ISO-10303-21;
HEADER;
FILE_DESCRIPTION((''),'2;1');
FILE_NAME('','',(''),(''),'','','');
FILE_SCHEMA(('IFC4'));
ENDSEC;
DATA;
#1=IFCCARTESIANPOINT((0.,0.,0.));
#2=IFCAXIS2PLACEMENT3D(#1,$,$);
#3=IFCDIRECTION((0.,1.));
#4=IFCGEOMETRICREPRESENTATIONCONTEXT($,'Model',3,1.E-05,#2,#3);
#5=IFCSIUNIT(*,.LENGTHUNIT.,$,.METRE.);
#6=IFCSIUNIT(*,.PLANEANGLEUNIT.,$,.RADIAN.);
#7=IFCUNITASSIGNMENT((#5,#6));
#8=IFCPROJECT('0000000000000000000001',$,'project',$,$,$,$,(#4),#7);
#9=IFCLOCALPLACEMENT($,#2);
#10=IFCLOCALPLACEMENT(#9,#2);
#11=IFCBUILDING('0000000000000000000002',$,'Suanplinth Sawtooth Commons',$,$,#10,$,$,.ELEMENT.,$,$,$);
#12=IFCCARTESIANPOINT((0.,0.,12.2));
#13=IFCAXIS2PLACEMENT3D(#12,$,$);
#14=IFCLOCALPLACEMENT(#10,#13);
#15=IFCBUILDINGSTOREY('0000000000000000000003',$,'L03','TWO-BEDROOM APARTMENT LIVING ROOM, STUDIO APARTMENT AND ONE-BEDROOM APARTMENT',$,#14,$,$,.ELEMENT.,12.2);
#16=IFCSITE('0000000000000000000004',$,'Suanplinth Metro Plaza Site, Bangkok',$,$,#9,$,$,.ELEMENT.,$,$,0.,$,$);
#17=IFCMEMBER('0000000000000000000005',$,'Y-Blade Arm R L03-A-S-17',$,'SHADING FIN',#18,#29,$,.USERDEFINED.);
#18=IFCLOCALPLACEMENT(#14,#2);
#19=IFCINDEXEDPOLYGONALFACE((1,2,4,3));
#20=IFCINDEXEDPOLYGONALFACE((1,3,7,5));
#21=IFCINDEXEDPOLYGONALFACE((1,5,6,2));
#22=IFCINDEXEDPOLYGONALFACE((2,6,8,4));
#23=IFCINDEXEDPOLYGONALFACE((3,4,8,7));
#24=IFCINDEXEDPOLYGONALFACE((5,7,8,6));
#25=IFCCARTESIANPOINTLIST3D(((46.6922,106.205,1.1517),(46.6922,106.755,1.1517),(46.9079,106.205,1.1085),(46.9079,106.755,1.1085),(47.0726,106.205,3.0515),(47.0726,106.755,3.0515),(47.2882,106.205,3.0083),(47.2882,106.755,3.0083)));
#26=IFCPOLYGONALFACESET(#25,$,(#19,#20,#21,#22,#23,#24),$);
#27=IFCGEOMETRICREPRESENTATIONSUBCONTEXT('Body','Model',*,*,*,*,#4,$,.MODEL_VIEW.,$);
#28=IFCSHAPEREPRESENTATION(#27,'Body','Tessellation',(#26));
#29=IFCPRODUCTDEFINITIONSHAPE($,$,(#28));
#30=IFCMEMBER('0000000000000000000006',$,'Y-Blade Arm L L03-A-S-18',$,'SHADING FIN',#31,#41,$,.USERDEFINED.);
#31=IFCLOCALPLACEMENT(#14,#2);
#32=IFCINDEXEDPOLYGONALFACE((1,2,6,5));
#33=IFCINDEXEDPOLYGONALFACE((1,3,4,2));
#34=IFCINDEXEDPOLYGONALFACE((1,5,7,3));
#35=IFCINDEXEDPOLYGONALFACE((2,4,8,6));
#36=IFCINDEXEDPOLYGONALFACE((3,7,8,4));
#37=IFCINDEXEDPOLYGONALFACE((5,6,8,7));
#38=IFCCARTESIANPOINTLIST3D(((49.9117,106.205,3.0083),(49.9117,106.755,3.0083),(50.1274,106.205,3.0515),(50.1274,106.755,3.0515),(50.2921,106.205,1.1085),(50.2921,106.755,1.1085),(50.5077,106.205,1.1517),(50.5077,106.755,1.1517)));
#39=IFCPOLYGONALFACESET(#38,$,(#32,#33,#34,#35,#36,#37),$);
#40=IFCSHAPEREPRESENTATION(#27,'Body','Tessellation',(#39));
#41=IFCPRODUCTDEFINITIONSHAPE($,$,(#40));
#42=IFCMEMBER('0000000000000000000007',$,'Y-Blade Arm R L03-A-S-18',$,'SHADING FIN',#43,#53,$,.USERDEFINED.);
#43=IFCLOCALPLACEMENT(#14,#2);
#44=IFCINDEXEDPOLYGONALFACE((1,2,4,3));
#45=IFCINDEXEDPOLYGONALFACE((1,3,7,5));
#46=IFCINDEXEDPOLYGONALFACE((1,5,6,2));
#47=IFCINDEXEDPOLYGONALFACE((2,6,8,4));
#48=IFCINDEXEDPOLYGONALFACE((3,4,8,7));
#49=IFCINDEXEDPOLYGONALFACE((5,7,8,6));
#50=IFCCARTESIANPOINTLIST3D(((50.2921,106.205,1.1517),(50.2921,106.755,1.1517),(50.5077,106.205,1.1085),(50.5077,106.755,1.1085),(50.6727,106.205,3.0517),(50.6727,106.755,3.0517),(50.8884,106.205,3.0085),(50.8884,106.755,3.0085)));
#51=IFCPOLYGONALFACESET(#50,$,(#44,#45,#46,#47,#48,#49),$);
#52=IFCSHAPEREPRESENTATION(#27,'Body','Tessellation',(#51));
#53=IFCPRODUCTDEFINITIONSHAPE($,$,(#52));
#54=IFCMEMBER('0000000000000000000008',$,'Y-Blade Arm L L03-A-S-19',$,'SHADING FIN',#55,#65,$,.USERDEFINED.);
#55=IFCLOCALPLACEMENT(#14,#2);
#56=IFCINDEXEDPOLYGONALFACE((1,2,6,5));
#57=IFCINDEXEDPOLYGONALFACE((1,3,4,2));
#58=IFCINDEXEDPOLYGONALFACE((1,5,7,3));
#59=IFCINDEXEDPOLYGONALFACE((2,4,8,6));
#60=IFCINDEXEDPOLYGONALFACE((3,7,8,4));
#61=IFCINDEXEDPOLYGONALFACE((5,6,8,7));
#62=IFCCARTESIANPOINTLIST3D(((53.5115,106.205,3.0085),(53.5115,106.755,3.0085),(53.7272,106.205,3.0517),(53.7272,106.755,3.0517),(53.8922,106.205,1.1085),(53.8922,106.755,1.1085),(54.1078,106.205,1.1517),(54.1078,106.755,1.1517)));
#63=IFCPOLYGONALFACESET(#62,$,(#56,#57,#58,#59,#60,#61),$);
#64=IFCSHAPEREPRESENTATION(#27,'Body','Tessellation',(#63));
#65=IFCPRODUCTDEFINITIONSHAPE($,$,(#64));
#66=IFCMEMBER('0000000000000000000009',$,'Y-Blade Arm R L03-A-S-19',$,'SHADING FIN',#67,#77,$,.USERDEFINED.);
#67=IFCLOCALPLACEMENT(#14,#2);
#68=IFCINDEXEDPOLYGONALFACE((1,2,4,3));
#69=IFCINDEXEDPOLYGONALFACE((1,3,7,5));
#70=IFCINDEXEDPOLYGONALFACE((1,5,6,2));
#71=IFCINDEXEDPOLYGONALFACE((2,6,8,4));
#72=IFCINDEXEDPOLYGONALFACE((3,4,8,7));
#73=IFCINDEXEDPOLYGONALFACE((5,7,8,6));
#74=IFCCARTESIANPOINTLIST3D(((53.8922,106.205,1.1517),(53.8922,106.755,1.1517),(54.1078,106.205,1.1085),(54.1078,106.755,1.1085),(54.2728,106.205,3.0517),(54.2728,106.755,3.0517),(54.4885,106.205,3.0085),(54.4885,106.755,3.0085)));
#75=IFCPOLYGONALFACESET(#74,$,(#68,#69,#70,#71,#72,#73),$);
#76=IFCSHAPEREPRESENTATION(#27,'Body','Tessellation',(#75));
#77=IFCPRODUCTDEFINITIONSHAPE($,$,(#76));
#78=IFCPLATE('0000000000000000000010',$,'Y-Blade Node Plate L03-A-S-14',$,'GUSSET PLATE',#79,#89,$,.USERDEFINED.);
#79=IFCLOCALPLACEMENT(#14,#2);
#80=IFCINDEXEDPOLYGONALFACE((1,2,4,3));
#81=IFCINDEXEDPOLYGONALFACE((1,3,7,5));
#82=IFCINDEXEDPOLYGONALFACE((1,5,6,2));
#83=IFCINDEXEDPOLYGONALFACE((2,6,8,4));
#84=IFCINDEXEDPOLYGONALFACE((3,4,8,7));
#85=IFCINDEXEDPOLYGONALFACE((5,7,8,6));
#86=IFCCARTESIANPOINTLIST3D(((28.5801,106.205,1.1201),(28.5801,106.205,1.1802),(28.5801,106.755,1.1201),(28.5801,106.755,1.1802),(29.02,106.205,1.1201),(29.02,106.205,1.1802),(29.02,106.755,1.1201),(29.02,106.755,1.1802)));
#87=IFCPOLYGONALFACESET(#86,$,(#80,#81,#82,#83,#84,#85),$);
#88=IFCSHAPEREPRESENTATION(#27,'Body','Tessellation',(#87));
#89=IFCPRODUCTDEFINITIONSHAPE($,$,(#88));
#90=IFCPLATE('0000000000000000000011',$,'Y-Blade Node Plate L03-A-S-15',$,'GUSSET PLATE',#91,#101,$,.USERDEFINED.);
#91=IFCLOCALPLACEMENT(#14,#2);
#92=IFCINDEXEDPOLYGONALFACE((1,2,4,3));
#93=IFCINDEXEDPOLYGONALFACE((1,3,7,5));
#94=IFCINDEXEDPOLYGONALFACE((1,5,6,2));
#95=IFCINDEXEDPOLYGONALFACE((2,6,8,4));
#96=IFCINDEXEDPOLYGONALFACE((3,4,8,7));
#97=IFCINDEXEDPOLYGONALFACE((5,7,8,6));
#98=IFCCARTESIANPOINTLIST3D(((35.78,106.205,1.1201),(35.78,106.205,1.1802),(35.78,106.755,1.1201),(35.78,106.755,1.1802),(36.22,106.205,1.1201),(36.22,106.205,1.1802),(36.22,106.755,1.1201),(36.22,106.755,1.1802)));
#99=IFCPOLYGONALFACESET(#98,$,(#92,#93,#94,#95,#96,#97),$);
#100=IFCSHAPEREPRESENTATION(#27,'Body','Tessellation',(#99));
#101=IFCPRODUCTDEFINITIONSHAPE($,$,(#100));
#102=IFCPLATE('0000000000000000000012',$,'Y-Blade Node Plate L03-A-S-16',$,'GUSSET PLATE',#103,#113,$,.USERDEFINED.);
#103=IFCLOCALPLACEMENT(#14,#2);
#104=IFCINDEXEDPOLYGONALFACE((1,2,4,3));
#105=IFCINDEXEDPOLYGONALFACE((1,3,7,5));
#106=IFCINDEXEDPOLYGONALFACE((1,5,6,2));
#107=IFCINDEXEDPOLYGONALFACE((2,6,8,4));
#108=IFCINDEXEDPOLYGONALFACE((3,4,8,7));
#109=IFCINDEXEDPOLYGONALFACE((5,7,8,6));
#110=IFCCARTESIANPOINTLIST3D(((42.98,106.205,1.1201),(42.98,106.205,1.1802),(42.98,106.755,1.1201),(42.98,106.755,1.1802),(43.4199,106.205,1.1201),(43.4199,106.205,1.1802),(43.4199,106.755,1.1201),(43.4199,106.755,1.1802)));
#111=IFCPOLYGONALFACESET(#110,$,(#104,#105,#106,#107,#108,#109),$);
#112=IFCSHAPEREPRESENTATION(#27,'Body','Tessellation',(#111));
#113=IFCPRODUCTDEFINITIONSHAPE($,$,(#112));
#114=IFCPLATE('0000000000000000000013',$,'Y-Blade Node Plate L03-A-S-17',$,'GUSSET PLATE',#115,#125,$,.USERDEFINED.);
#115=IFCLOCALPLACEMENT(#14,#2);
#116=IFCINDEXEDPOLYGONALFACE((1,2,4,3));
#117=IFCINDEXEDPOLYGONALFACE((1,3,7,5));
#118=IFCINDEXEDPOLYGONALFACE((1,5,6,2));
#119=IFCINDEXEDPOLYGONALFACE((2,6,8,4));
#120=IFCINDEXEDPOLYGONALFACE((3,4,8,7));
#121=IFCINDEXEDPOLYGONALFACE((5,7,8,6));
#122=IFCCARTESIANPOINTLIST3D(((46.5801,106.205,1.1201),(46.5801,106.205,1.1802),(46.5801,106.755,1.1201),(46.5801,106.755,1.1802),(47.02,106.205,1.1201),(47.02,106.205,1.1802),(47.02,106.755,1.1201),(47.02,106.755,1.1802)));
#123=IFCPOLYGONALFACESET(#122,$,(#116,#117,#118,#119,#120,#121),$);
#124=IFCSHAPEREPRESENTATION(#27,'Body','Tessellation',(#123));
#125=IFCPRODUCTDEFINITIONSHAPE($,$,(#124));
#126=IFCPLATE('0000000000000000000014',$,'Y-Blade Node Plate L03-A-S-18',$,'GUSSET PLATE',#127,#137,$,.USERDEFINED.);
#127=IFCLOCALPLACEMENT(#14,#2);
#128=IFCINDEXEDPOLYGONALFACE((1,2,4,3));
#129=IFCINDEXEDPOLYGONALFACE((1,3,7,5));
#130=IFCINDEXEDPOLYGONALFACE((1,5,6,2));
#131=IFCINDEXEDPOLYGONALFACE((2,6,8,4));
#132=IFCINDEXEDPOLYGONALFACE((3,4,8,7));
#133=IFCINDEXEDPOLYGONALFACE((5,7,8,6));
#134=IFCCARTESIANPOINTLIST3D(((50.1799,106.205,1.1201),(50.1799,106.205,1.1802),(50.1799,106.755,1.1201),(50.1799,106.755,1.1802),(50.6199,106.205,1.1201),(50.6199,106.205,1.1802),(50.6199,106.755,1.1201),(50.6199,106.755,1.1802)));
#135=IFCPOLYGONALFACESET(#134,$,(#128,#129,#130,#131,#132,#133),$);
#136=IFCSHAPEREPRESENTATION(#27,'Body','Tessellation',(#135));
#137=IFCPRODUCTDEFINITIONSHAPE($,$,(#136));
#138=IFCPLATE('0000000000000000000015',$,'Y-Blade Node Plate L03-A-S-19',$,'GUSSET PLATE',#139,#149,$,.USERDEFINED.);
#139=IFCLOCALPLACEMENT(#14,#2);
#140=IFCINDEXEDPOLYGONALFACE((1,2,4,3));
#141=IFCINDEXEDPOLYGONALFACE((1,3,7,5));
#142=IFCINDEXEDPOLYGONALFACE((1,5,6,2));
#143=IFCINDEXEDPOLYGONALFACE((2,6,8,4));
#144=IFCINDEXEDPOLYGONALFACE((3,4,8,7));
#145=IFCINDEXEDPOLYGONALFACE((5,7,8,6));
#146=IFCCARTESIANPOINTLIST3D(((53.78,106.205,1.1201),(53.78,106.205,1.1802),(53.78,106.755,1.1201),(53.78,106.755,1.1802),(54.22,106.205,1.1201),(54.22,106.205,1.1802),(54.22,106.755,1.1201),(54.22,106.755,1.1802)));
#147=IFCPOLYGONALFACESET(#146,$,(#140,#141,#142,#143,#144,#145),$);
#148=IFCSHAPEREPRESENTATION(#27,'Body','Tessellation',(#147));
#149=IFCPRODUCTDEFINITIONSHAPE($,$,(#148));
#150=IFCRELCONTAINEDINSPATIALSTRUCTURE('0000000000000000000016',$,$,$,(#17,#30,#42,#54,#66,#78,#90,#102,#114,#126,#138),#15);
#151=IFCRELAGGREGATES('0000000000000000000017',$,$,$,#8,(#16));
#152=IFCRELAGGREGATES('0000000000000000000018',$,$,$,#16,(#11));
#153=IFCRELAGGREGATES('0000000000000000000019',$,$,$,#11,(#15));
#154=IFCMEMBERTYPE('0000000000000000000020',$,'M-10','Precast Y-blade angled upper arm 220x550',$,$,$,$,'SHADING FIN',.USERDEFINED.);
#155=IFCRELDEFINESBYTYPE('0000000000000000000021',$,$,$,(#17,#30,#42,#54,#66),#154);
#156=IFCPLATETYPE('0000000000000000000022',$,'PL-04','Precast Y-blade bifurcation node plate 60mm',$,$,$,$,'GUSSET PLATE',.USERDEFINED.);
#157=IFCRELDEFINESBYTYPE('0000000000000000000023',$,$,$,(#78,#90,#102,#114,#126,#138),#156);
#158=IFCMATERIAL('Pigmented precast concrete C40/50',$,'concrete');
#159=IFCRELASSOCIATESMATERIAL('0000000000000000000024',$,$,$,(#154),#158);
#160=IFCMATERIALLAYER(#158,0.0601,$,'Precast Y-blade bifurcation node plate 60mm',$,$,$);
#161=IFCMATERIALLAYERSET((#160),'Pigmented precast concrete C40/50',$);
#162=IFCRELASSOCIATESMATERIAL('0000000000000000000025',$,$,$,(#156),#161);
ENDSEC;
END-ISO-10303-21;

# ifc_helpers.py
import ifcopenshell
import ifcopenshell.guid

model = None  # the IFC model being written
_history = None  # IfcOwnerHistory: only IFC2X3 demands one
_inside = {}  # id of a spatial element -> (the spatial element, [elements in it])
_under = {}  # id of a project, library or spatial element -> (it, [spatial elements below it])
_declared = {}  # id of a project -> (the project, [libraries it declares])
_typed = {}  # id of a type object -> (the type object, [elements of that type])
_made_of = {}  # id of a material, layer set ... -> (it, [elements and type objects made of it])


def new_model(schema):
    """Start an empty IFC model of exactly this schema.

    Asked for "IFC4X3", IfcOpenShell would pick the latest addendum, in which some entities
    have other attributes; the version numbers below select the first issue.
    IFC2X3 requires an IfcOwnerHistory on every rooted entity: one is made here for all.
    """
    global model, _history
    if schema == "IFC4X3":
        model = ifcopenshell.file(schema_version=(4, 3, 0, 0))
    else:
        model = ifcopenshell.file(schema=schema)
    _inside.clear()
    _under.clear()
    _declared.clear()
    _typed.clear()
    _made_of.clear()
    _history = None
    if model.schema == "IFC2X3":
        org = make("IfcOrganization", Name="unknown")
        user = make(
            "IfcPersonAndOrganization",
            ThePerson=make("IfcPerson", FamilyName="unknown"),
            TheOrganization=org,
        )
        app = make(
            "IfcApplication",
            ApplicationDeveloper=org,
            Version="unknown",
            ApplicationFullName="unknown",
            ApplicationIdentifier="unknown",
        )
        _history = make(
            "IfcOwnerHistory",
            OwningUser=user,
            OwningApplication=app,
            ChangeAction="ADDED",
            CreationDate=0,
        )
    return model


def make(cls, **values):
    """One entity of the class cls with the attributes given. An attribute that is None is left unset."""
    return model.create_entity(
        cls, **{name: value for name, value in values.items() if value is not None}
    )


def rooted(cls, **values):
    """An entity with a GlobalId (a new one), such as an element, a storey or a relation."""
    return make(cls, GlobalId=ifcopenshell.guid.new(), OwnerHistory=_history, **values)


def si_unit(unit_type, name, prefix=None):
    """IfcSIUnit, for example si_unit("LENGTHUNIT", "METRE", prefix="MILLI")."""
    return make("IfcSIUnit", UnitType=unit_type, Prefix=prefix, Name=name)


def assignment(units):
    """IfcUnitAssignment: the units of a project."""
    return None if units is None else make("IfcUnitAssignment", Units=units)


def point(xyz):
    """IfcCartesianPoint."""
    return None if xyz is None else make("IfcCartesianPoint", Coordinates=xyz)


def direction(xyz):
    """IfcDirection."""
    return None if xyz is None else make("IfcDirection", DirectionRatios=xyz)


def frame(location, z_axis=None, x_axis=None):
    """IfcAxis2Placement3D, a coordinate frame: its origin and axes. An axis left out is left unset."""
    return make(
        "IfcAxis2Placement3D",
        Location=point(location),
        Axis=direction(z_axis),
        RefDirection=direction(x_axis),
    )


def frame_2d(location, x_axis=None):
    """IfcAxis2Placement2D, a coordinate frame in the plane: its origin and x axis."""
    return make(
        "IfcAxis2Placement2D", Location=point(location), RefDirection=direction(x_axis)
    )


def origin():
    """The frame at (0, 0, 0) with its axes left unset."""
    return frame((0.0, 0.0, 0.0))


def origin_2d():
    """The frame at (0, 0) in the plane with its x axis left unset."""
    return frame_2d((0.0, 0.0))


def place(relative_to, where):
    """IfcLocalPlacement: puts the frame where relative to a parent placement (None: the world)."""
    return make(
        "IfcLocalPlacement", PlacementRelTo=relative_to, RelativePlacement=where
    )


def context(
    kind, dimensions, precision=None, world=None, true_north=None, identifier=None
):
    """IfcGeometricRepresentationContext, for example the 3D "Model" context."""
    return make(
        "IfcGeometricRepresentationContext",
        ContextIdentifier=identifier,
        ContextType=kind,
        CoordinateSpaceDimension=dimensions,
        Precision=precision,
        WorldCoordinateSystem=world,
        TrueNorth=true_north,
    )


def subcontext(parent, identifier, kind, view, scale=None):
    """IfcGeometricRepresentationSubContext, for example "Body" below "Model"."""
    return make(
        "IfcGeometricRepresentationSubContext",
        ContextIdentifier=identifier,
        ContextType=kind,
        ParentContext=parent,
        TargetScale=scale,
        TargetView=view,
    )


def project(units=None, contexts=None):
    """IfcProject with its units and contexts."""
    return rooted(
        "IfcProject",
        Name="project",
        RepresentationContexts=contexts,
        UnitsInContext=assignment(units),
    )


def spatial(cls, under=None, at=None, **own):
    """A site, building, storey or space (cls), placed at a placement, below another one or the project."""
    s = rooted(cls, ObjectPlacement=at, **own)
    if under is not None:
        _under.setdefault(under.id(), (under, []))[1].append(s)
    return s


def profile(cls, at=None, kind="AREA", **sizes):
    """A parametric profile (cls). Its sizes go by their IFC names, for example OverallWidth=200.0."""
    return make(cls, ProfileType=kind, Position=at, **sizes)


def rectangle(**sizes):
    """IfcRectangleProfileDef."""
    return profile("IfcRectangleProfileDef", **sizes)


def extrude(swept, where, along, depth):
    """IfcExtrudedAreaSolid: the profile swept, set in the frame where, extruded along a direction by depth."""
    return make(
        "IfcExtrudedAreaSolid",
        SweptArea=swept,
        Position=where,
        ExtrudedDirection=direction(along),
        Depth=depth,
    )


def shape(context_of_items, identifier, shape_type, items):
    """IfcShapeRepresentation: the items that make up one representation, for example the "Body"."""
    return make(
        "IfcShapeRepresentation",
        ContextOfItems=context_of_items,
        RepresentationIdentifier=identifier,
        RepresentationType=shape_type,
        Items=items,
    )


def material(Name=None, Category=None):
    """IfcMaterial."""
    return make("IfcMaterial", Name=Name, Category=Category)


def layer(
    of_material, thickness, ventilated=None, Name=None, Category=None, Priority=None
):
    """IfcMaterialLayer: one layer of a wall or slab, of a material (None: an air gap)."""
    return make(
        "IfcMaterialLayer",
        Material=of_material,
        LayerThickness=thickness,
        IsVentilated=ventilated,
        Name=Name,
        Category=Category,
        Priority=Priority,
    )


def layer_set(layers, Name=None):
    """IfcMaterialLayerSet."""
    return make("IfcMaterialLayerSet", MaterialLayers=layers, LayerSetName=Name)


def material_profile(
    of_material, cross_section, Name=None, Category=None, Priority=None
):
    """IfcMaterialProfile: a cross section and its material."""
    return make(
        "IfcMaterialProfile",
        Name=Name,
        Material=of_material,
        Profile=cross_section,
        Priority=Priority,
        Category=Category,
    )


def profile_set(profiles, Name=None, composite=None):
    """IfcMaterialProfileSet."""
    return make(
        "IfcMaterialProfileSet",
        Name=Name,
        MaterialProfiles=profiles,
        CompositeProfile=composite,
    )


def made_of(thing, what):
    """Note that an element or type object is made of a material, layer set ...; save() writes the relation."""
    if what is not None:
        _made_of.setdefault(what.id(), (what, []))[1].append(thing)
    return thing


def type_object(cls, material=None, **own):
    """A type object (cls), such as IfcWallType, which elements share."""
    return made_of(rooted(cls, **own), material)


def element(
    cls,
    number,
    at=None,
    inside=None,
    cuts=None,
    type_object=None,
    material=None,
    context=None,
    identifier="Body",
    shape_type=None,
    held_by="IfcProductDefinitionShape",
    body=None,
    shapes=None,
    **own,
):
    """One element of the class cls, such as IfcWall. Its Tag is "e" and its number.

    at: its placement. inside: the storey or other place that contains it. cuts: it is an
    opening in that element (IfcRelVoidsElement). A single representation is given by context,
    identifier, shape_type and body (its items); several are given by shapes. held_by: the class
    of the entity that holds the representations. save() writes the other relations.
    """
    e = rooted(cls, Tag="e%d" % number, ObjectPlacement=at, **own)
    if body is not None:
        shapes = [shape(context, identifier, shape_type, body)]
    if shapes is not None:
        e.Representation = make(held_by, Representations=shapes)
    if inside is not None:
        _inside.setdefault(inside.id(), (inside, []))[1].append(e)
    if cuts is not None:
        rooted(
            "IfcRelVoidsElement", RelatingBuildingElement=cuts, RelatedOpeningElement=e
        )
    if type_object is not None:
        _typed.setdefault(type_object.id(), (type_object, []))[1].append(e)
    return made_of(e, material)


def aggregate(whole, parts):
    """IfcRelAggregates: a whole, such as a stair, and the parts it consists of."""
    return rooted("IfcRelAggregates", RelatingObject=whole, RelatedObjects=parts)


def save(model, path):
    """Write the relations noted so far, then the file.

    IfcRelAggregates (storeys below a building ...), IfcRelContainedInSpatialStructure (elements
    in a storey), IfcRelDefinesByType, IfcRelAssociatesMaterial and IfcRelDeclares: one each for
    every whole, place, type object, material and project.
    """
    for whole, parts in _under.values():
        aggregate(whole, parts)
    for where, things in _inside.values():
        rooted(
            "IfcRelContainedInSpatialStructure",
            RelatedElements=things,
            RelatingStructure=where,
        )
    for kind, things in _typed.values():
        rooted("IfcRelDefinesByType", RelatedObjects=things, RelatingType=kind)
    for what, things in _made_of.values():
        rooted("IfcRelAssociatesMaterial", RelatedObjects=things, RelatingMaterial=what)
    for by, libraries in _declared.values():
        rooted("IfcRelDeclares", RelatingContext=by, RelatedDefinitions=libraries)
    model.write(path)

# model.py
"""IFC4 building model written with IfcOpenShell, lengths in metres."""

from ifc_helpers import new_model, si_unit, direction, frame, origin, origin_2d, place, context, subcontext, project, spatial, rectangle, extrude, material, layer, layer_set, material_profile, profile_set, type_object, element, save


model = new_model("IFC4")

# Units and contexts
model_context = context("Model", 3, precision=1e-05, world=origin(), true_north=direction((0.0, 1.0)))
body_context = subcontext(model_context, "Body", "Model", "MODEL_VIEW")
ifc_project = project(units=[si_unit("LENGTHUNIT", "METRE"), si_unit("PLANEANGLEUNIT", "RADIAN")], contexts=[model_context])

# Site, building, storey
site_placement = place(None, origin())
site = spatial("IfcSite", under=ifc_project, at=site_placement, Name="Suanplinth Metro Plaza Site, Bangkok", CompositionType="ELEMENT", RefElevation=0.0)
building_placement = place(site_placement, origin())
building = spatial("IfcBuilding", under=site, at=building_placement, Name="Suanplinth Sawtooth Commons", CompositionType="ELEMENT")
storey_placement = place(building_placement, frame((0.0, 0.0, 12.2)))
storey = spatial("IfcBuildingStorey", under=building, at=storey_placement, Name="L03", Description="TWO-BEDROOM APARTMENT LIVING ROOM, STUDIO APARTMENT AND ONE-BEDROOM APARTMENT", CompositionType="ELEMENT", Elevation=12.2)

# Members
ifc_material = material(Name="Pigmented precast concrete C40/50", Category="concrete")
ifc_material_profile_1 = material_profile(ifc_material, rectangle(XDim=0.22, YDim=0.55, at=origin_2d()), Name="PC-FIN 220x550")
ifc_profile_set_1 = profile_set([ifc_material_profile_1], Name="Pigmented precast concrete C40/50")
member_type_1 = type_object("IfcMemberType", Name="M-10", Description="Precast Y-blade angled upper arm 220x550", ElementType="SHADING FIN", PredefinedType="USERDEFINED", material=ifc_profile_set_1)
for number, where, z_axis, x_axis, name in (
    (1, (46.8, 106.48, 1.1301), (0.19631, 0.0, 0.980542), (-0.980542, 0.0, 0.19631), "Y-Blade Arm R L03-A-S-17"),
    (2, (50.3999, 106.48, 1.1301), (-0.19631, 0.0, 0.980542), (0.980542, 0.0, 0.19631), "Y-Blade Arm L L03-A-S-18"),
):
    element("IfcMember", number, at=place(storey_placement, frame(where, z_axis=z_axis, x_axis=x_axis)), inside=storey, type_object=member_type_1, Name=name, ObjectType="SHADING FIN", PredefinedType="USERDEFINED", context=body_context, shape_type="SweptSolid", body=[
        extrude(rectangle(XDim=0.22, YDim=0.55, at=origin_2d()), origin(), (0.0, 0.0, 1.0), 1.9375),
    ])
for number, where, z_axis, x_axis, name in (
    (3, (50.3999, 106.48, 1.1301), (0.196431, 0.0, 0.980518), (-0.980518, 0.0, 0.196431), "Y-Blade Arm R L03-A-S-18"),
    (4, (54.0, 106.48, 1.1301), (-0.196431, 0.0, 0.980518), (0.980518, 0.0, 0.196431), "Y-Blade Arm L L03-A-S-19"),
    (5, (54.0, 106.48, 1.1301), (0.196431, 0.0, 0.980518), (-0.980518, 0.0, 0.196431), "Y-Blade Arm R L03-A-S-19"),
):
    element("IfcMember", number, at=place(storey_placement, frame(where, z_axis=z_axis, x_axis=x_axis)), inside=storey, type_object=member_type_1, Name=name, ObjectType="SHADING FIN", PredefinedType="USERDEFINED", context=body_context, shape_type="SweptSolid", body=[
        extrude(rectangle(XDim=0.22, YDim=0.55, at=origin_2d()), origin(), (0.0, 0.0, 1.0), 1.9377),
    ])

# Plates
ifc_layer = layer(ifc_material, 0.0601, Name="Precast Y-blade bifurcation node plate 60mm")
ifc_layer_set = layer_set([ifc_layer], Name="Pigmented precast concrete C40/50")
plate_type = type_object("IfcPlateType", Name="PL-04", Description="Precast Y-blade bifurcation node plate 60mm", ElementType="GUSSET PLATE", PredefinedType="USERDEFINED", material=ifc_layer_set)
for number, where, z_axis, x_axis, name in (
    (6, (28.8, 106.48, 1.1201), (0.0, 0.0, 1.0), (1.0, 0.0, 0.0), "Y-Blade Node Plate L03-A-S-14"),
    (7, (36.0, 106.48, 1.1201), (0.0, 0.0, 1.0), (1.0, 0.0, 0.0), "Y-Blade Node Plate L03-A-S-15"),
    (8, (43.2, 106.48, 1.1201), (0.0, 0.0, 1.0), (1.0, 0.0, 0.0), "Y-Blade Node Plate L03-A-S-16"),
    (9, (46.8, 106.48, 1.1201), (0.0, 0.0, 1.0), (1.0, 0.0, 0.0), "Y-Blade Node Plate L03-A-S-17"),
    (10, (50.3999, 106.48, 1.1201), (0.0, 0.0, 1.0), (1.0, 0.0, 0.0), "Y-Blade Node Plate L03-A-S-18"),
    (11, (54.0, 106.48, 1.1201), (0.0, 0.0, 1.0), (1.0, 0.0, 0.0), "Y-Blade Node Plate L03-A-S-19"),
):
    element("IfcPlate", number, at=place(storey_placement, frame(where, z_axis=z_axis, x_axis=x_axis)), inside=storey, type_object=plate_type, Name=name, ObjectType="GUSSET PLATE", PredefinedType="USERDEFINED", context=body_context, shape_type="SweptSolid", body=[
        extrude(rectangle(XDim=0.4399, YDim=0.55, at=origin_2d()), origin(), (0.0, 0.0, 1.0), 0.0601),
    ])

save(model, "model.ifc")
